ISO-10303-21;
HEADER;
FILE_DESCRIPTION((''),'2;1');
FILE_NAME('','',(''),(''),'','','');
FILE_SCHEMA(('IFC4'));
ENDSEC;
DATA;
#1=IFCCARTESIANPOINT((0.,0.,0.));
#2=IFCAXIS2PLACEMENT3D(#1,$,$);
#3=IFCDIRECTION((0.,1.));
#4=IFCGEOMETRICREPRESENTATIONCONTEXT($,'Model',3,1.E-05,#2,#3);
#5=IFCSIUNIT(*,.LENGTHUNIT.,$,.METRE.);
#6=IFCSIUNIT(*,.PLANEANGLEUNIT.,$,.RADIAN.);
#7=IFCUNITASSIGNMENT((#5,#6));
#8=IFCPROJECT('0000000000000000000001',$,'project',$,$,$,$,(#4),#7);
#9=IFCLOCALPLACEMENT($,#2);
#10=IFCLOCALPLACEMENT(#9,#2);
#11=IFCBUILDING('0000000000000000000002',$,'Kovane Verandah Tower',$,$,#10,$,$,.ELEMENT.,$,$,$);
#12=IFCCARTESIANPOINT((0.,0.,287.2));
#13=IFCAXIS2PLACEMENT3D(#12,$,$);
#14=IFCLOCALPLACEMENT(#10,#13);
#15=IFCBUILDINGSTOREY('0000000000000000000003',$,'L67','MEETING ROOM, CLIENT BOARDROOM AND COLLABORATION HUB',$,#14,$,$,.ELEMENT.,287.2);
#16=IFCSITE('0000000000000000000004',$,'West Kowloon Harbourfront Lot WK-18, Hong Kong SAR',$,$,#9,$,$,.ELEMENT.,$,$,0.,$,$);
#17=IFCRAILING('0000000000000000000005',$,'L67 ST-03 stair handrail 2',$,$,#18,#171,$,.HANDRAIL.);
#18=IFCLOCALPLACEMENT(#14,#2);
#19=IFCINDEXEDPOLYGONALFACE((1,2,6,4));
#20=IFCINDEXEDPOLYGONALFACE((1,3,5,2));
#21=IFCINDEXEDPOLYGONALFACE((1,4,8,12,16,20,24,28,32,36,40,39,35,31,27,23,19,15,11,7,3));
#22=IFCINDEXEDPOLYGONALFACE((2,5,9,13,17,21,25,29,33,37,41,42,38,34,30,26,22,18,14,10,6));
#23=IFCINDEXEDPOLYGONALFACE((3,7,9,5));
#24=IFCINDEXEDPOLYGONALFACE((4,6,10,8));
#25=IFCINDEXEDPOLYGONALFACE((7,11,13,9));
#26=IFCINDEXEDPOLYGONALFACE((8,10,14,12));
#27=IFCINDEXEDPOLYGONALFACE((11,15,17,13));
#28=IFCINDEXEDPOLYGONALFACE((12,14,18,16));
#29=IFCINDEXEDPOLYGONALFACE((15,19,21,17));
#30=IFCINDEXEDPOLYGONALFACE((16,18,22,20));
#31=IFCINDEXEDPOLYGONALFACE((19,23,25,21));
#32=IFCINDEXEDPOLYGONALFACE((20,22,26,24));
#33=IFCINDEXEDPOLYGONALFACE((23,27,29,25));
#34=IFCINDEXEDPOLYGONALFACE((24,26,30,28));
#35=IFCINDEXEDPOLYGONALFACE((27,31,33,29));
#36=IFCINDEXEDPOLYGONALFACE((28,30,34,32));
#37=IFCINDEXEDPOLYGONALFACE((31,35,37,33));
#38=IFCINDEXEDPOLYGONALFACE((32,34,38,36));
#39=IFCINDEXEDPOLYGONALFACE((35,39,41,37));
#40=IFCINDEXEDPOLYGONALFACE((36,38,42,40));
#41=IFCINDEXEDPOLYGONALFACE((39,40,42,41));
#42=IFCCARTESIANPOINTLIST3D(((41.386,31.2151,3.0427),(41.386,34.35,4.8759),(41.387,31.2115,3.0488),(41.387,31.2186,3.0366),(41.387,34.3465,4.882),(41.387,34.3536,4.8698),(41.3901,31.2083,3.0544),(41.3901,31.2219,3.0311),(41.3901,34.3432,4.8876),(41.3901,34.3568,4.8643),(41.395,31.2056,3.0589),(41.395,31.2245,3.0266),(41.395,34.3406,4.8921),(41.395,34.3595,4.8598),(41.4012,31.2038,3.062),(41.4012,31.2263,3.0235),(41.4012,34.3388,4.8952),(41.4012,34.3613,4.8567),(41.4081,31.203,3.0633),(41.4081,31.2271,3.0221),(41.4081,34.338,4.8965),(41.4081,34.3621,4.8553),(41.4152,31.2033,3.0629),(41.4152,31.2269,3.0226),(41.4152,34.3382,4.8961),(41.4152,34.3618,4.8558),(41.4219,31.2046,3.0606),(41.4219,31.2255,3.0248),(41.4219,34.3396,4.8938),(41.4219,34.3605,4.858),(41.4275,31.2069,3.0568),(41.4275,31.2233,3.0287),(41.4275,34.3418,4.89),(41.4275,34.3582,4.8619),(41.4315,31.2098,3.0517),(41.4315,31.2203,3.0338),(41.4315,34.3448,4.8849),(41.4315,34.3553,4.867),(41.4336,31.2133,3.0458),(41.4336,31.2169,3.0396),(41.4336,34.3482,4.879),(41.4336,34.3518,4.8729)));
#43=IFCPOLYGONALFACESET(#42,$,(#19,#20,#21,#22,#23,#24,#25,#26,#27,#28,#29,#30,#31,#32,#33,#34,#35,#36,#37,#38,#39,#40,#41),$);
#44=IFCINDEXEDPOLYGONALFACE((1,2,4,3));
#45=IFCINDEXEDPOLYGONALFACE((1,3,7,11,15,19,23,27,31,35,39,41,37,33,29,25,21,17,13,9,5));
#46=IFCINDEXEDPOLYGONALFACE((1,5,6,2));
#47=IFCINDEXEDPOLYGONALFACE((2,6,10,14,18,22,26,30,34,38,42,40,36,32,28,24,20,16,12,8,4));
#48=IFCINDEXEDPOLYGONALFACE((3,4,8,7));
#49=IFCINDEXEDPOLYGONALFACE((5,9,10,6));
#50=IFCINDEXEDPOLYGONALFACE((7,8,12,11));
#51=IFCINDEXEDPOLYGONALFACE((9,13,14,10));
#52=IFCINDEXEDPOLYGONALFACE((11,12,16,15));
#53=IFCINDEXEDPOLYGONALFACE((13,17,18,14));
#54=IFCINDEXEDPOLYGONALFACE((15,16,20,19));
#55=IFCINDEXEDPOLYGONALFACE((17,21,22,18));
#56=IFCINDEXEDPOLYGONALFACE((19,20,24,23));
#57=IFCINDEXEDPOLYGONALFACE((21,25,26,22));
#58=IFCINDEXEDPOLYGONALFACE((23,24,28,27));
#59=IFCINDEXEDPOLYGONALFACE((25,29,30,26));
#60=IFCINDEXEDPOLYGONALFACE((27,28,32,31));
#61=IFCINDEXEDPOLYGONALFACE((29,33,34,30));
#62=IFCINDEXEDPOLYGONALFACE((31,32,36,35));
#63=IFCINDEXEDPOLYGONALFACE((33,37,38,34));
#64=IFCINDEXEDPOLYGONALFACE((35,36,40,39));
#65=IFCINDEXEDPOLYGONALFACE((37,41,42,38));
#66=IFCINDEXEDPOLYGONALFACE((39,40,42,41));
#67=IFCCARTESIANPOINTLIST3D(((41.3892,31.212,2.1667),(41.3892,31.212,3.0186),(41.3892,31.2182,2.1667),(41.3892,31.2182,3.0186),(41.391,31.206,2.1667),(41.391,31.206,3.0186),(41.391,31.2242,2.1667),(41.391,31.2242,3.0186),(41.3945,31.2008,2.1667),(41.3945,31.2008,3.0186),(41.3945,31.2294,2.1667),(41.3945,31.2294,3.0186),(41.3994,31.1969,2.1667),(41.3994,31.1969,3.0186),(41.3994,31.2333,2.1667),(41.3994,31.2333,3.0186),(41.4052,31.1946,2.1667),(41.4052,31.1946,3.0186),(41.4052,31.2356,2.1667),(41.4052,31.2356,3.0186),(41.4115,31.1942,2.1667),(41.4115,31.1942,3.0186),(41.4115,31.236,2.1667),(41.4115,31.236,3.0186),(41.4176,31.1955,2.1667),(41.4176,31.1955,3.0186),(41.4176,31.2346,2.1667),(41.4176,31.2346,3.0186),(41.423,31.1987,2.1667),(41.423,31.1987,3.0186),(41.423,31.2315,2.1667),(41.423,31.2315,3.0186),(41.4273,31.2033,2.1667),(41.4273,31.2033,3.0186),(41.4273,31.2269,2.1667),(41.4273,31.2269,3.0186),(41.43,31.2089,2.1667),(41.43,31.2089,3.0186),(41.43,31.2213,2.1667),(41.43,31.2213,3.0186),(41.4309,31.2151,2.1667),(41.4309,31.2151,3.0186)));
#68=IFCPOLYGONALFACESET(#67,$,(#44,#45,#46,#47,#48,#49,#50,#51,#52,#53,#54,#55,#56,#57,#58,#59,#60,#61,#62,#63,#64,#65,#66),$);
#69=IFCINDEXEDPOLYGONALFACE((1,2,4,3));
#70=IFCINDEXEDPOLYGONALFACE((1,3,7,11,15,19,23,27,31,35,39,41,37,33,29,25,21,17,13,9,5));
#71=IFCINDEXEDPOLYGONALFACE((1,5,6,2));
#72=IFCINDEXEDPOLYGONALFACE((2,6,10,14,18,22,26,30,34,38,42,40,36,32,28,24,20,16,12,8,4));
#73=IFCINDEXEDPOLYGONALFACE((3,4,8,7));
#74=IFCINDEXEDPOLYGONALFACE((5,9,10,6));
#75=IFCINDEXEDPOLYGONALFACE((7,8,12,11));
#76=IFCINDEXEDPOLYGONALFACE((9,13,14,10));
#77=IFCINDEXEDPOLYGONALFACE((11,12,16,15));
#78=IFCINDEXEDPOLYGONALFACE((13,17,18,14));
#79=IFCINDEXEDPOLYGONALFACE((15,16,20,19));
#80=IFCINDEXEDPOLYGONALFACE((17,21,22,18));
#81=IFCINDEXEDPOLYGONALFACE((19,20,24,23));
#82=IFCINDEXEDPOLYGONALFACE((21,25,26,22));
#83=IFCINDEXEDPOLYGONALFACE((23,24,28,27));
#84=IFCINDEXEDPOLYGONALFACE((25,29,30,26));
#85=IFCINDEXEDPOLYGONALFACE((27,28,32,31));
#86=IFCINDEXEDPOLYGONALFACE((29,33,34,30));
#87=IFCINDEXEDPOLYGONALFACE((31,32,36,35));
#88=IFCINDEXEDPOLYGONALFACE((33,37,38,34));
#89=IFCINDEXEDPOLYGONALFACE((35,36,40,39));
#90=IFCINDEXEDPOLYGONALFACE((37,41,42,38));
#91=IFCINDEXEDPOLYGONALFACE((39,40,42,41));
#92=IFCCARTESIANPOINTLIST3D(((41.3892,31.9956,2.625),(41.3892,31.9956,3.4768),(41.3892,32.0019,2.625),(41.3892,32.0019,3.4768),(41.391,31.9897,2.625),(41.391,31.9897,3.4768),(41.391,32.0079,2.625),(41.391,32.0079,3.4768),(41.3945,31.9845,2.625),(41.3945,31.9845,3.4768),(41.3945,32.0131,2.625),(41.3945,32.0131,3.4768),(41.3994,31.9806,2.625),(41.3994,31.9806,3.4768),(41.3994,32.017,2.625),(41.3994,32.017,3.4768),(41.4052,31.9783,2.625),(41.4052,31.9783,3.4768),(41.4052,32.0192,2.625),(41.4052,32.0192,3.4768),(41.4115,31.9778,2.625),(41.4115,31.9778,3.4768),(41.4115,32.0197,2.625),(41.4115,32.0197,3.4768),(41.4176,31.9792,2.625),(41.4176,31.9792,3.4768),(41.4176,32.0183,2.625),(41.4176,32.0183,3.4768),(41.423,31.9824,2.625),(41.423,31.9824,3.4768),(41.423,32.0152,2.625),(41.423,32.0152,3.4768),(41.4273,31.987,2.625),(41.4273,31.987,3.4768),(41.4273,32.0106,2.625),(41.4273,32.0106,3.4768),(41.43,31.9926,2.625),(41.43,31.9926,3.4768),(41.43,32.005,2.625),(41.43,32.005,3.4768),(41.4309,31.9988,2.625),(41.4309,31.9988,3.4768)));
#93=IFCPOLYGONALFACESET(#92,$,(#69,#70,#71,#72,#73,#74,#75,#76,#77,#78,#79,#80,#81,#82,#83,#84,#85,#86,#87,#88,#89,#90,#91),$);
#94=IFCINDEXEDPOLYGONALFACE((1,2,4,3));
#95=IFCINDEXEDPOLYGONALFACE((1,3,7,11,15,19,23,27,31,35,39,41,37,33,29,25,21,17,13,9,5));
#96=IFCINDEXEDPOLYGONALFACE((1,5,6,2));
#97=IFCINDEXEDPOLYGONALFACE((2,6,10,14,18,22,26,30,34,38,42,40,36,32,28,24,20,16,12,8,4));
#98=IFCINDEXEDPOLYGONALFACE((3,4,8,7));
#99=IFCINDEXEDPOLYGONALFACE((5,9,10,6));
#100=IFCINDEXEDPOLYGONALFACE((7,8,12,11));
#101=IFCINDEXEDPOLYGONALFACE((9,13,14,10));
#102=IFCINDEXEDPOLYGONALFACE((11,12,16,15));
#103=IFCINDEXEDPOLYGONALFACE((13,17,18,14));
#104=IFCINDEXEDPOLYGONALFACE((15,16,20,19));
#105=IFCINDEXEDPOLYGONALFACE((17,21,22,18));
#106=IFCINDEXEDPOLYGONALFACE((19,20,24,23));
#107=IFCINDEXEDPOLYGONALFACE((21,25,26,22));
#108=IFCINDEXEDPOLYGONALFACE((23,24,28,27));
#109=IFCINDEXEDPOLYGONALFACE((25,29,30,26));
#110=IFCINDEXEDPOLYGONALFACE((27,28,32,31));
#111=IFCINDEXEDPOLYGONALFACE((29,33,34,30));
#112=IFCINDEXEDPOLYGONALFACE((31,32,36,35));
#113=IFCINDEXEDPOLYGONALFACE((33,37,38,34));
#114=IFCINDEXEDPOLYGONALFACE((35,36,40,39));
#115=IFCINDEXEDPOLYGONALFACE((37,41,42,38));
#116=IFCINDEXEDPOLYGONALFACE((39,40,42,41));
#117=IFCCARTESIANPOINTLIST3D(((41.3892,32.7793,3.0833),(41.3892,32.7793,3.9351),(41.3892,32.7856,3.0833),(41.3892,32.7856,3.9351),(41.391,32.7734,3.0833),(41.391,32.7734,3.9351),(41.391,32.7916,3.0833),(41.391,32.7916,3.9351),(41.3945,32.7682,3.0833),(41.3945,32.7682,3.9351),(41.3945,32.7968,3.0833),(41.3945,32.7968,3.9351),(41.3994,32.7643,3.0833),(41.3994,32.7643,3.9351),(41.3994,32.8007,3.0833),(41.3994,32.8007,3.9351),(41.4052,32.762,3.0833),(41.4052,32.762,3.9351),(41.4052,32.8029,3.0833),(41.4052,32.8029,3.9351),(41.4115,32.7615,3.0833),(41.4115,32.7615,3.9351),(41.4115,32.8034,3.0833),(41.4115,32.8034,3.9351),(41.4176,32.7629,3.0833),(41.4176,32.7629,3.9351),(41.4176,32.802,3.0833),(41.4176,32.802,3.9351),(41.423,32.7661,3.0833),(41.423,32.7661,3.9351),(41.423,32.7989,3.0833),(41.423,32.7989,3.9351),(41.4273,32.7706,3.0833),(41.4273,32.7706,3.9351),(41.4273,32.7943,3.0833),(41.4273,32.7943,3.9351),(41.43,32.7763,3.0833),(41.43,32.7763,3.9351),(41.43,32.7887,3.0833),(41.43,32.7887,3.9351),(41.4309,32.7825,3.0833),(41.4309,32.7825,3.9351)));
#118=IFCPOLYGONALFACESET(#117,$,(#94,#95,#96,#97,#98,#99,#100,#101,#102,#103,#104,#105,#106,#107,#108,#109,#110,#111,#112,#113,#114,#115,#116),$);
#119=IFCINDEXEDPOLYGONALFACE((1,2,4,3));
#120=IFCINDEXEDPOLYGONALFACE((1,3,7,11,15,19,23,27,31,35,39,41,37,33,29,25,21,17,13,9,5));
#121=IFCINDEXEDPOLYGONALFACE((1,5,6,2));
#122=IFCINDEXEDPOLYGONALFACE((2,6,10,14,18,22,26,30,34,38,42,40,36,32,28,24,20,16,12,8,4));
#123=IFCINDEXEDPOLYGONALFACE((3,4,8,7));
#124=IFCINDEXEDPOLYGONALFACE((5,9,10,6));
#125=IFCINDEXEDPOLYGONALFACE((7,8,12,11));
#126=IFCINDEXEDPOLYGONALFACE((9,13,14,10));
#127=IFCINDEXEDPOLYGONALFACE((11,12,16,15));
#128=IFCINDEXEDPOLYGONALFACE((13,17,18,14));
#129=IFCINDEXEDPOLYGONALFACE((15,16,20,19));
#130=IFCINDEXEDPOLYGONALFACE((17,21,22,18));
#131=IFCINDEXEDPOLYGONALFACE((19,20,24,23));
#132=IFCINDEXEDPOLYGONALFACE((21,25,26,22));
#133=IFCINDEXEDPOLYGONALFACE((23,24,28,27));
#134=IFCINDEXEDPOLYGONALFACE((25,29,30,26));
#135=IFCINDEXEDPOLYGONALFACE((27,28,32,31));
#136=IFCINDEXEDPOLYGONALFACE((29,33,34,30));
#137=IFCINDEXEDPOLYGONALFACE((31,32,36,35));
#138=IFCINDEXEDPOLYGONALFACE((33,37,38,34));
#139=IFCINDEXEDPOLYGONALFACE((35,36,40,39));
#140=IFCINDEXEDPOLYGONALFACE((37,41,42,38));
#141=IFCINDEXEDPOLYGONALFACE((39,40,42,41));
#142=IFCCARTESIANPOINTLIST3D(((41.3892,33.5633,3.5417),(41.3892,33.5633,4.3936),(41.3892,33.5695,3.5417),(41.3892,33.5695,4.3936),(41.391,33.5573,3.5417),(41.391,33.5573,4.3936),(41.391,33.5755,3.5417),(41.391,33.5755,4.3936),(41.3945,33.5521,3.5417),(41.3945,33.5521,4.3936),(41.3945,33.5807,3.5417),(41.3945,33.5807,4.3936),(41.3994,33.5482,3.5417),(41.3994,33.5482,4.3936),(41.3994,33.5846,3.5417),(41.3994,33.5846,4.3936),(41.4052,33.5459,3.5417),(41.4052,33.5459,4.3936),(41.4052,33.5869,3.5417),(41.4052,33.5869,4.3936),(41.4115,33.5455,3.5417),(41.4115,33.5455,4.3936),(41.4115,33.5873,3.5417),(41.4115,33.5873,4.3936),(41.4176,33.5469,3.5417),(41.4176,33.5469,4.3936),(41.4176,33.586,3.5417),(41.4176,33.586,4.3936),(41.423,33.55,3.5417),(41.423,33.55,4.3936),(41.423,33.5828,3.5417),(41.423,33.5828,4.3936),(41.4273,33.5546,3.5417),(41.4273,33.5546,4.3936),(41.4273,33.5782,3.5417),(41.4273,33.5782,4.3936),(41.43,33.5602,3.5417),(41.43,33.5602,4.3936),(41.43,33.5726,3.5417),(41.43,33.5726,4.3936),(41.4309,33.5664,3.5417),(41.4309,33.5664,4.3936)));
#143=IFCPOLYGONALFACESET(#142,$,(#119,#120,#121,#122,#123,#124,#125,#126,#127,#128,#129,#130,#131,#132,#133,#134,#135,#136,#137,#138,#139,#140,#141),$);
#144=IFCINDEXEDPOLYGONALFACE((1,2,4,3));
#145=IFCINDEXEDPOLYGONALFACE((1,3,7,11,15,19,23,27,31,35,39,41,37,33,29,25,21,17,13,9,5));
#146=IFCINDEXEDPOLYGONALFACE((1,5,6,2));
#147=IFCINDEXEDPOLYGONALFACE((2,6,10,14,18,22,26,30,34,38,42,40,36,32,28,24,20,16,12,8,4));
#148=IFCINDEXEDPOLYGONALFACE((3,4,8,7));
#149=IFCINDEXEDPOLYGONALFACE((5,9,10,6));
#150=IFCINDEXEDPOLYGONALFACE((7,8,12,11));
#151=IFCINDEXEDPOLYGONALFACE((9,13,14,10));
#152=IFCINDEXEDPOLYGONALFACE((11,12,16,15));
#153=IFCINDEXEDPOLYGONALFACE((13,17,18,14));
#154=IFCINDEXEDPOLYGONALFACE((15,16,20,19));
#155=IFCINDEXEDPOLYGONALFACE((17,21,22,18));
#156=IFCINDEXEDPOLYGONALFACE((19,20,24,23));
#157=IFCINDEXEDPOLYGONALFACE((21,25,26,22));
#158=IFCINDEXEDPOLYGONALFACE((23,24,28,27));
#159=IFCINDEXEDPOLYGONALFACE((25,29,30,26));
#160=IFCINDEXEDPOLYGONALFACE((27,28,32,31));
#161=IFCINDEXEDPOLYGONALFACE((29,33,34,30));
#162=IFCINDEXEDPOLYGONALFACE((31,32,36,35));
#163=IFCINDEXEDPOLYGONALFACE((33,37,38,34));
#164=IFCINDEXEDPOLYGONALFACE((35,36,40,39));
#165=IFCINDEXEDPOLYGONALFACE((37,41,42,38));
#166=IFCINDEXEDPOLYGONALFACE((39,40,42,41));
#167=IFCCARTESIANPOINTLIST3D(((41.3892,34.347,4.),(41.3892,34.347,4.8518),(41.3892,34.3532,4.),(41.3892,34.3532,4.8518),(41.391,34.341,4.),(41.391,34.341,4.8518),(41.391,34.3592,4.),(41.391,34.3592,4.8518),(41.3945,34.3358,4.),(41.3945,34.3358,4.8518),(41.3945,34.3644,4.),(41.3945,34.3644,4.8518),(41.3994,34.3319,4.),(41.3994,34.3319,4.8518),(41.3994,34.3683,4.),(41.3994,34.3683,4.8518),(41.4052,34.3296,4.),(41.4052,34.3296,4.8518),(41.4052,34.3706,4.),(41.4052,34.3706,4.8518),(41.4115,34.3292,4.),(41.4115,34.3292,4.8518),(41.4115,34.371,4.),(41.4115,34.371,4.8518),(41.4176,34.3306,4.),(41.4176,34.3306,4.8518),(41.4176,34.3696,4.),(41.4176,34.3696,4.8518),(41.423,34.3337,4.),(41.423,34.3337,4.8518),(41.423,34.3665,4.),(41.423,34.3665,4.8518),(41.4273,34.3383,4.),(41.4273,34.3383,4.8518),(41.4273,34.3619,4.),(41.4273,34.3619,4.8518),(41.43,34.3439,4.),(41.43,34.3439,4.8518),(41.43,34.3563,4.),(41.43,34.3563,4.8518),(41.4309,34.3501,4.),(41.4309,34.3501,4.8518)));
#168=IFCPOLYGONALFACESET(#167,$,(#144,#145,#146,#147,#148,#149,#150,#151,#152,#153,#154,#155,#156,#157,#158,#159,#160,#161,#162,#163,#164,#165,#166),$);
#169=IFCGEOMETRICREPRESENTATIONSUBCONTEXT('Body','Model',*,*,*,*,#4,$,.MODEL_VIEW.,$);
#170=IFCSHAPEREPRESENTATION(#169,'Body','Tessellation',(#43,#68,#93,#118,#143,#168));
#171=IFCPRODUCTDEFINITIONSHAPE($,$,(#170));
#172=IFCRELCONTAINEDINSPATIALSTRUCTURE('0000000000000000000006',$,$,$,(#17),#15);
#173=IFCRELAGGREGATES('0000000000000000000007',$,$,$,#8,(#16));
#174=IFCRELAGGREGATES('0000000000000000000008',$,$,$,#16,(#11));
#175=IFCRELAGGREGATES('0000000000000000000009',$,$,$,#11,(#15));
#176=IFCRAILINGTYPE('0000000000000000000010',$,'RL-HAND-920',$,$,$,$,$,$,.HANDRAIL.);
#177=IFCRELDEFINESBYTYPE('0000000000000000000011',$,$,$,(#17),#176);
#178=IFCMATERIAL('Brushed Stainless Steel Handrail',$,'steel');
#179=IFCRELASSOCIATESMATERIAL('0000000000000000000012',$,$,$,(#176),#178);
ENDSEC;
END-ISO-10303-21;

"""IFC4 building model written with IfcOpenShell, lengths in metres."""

from ifc_helpers import new_model, si_unit, direction, frame, origin, origin_2d, place, context, subcontext, project, spatial, circle, extrude, material, type_object, element, save


model = new_model("IFC4")

# Units and contexts
model_context = context("Model", 3, precision=1e-05, world=origin(), true_north=direction((0.0, 1.0)))
body_context = subcontext(model_context, "Body", "Model", "MODEL_VIEW")
ifc_project = project(units=[si_unit("LENGTHUNIT", "METRE"), si_unit("PLANEANGLEUNIT", "RADIAN")], contexts=[model_context])

# Site, building, storey
site_placement = place(None, origin())
site = spatial("IfcSite", under=ifc_project, at=site_placement, Name="West Kowloon Harbourfront Lot WK-18, Hong Kong SAR", CompositionType="ELEMENT", RefElevation=0.0)
building_placement = place(site_placement, origin())
building = spatial("IfcBuilding", under=site, at=building_placement, Name="Kovane Verandah Tower", CompositionType="ELEMENT")
storey_placement = place(building_placement, frame((0.0, 0.0, 287.2)))
storey = spatial("IfcBuildingStorey", under=building, at=storey_placement, Name="L67", Description="MEETING ROOM, CLIENT BOARDROOM AND COLLABORATION HUB", CompositionType="ELEMENT", Elevation=287.2)

# Railing
ifc_material_1 = material(Name="Brushed Stainless Steel Handrail", Category="steel")
railing_type_1 = type_object("IfcRailingType", Name="RL-HAND-920", PredefinedType="HANDRAIL", material=ifc_material_1)
railing_1_placement = place(storey_placement, frame((41.4099, 31.2151, 2.1667)))
element("IfcRailing", 1, at=railing_1_placement, inside=storey, type_object=railing_type_1, Name="L67 ST-03 stair handrail 2", PredefinedType="HANDRAIL", context=body_context, shape_type="SweptSolid", body=[
    extrude(circle(Radius=0.0239, at=origin_2d()), frame((0.0, 0.0, 0.876), z_axis=(0.0, 0.86324, 0.504794), x_axis=(-1.0, 0.0, 0.0)), (0.0, 0.0, 1.0), 3.6316),
    extrude(circle(Radius=0.021, at=origin_2d()), origin(), (0.0, 0.0, 1.0), 0.8518),
    extrude(circle(Radius=0.021, at=origin_2d()), frame((0.0, 0.7837, 0.4583)), (0.0, 0.0, 1.0), 0.8518),
    extrude(circle(Radius=0.021, at=origin_2d()), frame((0.0, 1.5674, 0.9165)), (0.0, 0.0, 1.0), 0.8518),
    extrude(circle(Radius=0.021, at=origin_2d()), frame((0.0, 2.3513, 1.375)), (0.0, 0.0, 1.0), 0.8518),
    extrude(circle(Radius=0.021, at=origin_2d()), frame((0.0, 3.135, 1.8333)), (0.0, 0.0, 1.0), 0.8518),
])

save(model, "model.ifc")
